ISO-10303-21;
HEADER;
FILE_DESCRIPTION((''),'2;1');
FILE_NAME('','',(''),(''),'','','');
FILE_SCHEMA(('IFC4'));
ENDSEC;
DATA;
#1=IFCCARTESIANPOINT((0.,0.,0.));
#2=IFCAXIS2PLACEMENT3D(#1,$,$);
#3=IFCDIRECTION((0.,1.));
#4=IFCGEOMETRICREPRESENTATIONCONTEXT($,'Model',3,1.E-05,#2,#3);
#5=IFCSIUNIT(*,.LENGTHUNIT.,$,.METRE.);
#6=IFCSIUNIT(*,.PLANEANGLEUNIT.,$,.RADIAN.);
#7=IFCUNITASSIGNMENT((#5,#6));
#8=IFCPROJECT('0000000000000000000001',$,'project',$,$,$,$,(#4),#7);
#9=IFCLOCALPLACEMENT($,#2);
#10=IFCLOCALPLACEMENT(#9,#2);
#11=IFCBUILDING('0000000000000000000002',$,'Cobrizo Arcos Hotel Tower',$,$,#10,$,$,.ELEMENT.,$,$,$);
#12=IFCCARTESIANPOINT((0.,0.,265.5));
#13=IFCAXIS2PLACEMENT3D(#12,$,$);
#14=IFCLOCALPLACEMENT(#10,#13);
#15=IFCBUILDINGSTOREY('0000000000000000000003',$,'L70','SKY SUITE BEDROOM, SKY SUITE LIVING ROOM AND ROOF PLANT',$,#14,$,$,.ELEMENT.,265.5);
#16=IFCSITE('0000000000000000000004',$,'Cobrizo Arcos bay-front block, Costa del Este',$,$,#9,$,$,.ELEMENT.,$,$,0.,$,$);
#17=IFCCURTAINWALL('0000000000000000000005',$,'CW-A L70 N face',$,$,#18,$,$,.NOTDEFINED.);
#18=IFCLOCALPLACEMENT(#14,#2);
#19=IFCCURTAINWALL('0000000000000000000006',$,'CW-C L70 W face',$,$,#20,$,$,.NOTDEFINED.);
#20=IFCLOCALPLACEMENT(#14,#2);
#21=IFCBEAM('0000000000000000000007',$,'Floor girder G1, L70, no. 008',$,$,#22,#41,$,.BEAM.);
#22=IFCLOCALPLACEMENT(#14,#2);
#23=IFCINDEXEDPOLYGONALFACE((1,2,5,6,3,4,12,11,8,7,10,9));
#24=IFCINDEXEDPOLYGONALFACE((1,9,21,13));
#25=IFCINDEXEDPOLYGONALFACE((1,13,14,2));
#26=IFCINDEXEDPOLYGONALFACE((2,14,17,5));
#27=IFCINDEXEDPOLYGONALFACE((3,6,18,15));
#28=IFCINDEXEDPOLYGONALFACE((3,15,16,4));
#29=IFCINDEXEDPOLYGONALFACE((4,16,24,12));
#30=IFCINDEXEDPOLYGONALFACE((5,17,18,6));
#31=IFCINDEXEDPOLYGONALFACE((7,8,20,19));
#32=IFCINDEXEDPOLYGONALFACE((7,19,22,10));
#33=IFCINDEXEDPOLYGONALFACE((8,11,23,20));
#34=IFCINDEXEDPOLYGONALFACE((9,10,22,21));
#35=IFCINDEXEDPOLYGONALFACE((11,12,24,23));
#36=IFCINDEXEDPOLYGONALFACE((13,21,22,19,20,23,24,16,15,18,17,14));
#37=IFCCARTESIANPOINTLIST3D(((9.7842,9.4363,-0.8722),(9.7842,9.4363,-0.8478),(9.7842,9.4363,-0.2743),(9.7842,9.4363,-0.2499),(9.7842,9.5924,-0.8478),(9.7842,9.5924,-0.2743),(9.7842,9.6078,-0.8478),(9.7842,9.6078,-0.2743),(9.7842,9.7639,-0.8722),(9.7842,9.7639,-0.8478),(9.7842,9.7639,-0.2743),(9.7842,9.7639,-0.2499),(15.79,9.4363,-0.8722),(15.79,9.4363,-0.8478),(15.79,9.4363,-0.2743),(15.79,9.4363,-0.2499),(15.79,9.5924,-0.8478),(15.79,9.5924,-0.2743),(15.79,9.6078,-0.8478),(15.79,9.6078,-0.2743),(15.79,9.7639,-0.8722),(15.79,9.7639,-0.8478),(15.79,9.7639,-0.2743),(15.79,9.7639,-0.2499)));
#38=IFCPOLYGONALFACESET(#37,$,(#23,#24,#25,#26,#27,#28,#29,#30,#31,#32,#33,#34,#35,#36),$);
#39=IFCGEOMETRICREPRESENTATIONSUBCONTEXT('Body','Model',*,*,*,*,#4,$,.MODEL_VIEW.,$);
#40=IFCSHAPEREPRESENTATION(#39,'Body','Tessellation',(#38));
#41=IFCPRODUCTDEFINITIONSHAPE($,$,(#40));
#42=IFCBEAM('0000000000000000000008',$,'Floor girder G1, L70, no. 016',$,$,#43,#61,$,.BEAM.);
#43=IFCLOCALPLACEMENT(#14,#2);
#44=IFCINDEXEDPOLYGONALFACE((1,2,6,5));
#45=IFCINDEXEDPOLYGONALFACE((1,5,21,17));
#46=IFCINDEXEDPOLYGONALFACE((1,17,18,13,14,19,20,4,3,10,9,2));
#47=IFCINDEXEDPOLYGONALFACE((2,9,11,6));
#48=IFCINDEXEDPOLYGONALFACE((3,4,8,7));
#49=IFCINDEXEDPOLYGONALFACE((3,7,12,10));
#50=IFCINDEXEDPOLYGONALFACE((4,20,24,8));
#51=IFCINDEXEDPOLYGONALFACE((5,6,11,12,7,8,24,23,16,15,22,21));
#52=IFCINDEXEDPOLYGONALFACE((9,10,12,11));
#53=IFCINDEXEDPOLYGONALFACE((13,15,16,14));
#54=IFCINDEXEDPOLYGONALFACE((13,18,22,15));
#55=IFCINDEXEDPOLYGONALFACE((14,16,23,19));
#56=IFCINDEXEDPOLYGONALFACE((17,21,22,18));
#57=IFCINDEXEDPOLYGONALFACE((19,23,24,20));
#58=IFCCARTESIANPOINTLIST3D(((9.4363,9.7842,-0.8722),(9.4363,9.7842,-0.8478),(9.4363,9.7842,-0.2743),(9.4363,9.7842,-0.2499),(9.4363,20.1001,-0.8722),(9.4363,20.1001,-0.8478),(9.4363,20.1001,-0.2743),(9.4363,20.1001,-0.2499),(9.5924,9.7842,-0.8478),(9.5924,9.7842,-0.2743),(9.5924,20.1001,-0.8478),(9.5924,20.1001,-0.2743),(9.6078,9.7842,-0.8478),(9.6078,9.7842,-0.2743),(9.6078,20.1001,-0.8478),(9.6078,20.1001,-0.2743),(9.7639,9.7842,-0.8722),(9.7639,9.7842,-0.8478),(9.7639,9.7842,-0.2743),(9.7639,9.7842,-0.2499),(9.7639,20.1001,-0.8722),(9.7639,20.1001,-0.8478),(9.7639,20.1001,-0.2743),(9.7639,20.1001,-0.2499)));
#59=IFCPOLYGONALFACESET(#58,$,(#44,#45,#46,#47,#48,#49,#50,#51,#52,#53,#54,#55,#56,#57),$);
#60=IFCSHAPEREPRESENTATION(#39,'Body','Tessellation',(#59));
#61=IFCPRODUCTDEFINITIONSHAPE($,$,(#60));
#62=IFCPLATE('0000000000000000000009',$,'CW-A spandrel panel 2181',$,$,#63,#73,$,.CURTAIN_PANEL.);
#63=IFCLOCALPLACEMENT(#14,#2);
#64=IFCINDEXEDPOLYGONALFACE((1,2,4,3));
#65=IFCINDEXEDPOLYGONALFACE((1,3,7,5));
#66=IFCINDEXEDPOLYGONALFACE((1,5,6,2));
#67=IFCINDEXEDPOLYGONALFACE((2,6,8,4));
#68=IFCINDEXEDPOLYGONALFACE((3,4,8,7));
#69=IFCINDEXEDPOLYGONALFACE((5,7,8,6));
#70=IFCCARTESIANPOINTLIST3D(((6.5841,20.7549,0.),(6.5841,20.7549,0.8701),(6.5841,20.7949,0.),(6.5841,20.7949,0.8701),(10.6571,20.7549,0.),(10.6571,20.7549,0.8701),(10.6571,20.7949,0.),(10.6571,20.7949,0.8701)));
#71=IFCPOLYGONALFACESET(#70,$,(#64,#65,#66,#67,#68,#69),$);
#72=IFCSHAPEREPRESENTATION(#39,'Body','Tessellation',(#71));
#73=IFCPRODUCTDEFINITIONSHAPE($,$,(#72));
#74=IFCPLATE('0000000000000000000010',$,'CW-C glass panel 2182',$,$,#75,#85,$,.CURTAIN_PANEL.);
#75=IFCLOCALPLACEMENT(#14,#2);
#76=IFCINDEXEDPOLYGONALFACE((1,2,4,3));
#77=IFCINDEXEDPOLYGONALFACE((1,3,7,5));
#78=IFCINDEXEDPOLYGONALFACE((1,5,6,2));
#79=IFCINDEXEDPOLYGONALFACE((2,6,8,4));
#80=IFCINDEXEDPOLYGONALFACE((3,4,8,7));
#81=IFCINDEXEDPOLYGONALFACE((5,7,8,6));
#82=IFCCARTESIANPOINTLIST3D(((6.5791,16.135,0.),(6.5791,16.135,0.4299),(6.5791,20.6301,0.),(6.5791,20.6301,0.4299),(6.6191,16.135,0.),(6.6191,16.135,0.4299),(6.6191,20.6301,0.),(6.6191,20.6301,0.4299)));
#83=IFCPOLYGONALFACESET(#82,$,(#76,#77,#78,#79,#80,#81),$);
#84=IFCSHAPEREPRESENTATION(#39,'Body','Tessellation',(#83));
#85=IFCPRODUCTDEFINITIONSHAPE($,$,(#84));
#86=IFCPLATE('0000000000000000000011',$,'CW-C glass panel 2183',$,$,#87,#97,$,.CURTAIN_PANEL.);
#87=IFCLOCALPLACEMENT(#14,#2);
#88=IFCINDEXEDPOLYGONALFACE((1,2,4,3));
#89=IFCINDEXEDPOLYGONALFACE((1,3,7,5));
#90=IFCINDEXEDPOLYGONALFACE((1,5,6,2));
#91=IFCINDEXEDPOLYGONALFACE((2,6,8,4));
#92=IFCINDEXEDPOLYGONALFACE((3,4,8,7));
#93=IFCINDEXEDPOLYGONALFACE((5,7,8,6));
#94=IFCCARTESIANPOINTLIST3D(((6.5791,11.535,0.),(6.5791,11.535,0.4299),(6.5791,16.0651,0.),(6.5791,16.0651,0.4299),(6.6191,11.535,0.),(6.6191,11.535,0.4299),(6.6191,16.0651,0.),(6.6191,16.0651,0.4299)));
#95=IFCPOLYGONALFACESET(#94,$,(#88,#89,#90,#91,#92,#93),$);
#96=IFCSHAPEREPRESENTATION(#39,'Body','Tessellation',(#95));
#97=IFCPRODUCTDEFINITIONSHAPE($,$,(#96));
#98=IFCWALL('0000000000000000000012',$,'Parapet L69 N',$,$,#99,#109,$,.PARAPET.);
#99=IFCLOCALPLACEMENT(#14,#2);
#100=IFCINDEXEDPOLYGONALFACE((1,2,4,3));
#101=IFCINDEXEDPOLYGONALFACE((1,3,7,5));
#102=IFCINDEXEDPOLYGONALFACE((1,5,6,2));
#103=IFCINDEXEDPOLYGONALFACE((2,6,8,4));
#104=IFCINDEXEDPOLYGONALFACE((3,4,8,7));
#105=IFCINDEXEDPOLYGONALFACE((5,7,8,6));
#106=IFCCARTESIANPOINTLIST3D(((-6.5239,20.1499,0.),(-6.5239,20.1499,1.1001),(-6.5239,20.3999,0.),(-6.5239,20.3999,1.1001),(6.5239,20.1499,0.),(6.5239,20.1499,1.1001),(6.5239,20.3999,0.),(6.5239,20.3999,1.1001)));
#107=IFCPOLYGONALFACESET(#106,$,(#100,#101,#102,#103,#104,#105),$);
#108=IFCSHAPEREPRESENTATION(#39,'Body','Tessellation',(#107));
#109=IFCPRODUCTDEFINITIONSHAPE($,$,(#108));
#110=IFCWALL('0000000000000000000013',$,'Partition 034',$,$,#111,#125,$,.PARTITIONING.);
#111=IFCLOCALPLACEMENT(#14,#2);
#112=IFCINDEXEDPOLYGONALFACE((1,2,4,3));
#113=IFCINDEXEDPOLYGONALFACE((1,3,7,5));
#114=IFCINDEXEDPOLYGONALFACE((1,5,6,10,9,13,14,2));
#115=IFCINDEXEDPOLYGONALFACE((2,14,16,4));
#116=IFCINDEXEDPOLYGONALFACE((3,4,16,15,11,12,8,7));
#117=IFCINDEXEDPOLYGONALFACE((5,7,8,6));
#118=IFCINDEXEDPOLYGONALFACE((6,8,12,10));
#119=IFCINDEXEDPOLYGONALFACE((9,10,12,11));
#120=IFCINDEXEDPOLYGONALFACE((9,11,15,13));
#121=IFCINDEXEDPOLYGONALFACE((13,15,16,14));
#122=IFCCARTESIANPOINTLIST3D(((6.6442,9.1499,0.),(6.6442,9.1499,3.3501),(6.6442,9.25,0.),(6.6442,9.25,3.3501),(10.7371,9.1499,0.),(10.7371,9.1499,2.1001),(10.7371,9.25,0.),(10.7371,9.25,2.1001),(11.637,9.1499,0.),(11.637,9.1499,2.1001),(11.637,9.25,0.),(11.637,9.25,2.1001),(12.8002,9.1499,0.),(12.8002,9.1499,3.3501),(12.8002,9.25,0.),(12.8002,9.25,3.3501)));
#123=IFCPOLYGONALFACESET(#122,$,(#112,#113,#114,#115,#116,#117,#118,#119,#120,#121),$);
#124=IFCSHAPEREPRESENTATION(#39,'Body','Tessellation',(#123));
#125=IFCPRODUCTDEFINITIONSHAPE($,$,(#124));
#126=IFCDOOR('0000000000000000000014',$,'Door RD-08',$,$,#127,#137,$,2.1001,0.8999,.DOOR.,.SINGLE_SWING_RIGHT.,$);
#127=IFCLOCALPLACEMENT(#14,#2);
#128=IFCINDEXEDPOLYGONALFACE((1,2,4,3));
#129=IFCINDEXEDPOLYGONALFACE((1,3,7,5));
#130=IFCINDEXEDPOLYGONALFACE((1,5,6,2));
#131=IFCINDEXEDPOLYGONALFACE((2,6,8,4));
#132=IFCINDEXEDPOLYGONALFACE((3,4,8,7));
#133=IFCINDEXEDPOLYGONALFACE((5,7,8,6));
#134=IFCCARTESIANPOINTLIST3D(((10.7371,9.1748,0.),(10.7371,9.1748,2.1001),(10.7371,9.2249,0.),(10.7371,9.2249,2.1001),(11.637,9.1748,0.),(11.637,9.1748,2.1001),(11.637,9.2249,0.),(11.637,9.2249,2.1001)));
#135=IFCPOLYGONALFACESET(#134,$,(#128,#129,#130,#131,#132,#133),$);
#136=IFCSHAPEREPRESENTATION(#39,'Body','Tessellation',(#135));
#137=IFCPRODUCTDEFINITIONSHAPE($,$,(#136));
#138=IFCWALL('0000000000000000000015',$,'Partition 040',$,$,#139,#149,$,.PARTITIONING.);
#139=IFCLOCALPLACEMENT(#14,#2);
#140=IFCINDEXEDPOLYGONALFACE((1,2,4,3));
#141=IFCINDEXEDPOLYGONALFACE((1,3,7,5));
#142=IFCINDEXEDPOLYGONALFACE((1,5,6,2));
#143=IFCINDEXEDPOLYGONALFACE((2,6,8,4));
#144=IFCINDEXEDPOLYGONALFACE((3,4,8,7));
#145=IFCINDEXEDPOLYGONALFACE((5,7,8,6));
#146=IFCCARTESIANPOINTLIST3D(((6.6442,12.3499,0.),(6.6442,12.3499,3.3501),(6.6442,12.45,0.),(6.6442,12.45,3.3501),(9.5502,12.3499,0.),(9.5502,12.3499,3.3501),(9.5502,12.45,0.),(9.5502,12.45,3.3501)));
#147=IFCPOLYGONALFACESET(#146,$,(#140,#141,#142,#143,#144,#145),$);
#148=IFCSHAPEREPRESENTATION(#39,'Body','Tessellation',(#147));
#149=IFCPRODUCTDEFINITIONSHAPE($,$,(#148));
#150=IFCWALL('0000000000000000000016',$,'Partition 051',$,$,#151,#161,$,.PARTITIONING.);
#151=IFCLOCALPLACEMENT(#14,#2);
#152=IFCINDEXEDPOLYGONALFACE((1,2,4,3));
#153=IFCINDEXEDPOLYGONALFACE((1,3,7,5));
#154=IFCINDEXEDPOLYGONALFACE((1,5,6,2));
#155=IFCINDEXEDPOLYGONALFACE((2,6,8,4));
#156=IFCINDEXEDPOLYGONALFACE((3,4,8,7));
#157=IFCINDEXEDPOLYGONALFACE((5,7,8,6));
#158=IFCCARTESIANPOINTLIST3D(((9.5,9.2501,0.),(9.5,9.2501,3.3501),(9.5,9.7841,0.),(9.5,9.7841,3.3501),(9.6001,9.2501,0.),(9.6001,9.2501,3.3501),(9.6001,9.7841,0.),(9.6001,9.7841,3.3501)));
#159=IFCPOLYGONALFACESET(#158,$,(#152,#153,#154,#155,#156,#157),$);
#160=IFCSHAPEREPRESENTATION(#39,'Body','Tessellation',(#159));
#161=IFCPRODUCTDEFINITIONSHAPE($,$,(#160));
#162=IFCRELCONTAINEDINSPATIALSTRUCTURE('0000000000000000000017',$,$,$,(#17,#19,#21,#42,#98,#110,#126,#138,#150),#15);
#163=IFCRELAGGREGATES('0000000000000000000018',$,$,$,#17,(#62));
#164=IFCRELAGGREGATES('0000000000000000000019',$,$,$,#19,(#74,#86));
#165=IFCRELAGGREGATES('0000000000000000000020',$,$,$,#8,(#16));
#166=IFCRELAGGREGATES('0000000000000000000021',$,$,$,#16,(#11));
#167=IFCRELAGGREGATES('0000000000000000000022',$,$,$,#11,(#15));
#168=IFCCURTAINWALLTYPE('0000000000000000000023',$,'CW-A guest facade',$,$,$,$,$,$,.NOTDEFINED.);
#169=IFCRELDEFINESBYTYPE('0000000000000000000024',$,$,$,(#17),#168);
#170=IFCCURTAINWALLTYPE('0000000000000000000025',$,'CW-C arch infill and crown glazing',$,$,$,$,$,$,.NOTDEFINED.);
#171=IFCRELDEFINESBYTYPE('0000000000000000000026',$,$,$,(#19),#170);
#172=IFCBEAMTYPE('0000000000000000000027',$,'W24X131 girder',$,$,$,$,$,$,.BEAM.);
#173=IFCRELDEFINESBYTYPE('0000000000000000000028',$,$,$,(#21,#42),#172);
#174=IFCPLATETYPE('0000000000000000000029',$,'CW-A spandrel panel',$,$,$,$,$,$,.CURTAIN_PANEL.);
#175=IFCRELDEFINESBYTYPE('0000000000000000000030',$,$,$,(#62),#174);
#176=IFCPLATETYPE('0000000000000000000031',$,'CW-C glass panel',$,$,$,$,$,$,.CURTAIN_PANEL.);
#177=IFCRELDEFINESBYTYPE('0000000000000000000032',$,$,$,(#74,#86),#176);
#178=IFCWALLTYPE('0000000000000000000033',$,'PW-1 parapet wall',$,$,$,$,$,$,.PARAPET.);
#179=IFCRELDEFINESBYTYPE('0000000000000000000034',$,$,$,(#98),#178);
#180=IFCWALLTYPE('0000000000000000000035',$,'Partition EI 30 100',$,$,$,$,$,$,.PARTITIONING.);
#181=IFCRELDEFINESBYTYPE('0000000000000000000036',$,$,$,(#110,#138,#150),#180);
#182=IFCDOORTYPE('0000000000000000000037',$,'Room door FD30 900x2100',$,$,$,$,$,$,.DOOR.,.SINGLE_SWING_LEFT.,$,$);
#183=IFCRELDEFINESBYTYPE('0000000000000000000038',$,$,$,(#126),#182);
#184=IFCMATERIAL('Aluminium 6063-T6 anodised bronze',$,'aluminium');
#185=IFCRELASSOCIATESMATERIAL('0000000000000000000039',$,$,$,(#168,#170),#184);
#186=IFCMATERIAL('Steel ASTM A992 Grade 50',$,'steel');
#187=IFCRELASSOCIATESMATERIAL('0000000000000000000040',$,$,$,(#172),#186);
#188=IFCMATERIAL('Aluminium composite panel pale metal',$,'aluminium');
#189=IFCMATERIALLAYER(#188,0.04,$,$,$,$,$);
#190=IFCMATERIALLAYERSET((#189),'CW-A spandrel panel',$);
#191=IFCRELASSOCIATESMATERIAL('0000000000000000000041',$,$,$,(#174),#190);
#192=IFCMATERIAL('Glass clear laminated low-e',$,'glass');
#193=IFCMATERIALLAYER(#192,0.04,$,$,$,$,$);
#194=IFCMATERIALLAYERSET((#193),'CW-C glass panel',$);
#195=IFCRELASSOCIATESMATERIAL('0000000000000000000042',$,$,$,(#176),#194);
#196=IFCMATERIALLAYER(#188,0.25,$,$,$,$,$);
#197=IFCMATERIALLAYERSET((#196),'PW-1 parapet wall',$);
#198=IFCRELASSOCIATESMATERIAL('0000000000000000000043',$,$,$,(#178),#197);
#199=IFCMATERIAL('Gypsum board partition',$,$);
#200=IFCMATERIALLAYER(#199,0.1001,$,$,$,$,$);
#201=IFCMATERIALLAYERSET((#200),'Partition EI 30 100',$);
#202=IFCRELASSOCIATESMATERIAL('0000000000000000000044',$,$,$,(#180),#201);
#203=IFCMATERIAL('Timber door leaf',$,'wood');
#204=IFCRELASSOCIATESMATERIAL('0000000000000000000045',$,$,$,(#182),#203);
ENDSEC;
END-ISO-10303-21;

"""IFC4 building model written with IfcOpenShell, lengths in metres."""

from ifc_helpers import new_model, si_unit, direction, frame, frame_2d, origin, origin_2d, place, context, subcontext, project, spatial, rectangle, i_section, extrude, material, layer, layer_set, material_profile, profile_set, type_object, element, fill, aggregate, save


model = new_model("IFC4")

# Units and contexts
model_context = context("Model", 3, precision=1e-05, world=origin(), true_north=direction((0.0, 1.0)))
body_context = subcontext(model_context, "Body", "Model", "MODEL_VIEW")
ifc_project = project(units=[si_unit("LENGTHUNIT", "METRE"), si_unit("PLANEANGLEUNIT", "RADIAN")], contexts=[model_context])

# Site, building, storey
site_placement = place(None, origin())
site = spatial("IfcSite", under=ifc_project, at=site_placement, Name="Cobrizo Arcos bay-front block, Costa del Este", CompositionType="ELEMENT", RefElevation=0.0)
building_placement = place(site_placement, origin())
building = spatial("IfcBuilding", under=site, at=building_placement, Name="Cobrizo Arcos Hotel Tower", CompositionType="ELEMENT")
storey_placement = place(building_placement, frame((0.0, 0.0, 265.5)))
storey = spatial("IfcBuildingStorey", under=building, at=storey_placement, Name="L70", Description="SKY SUITE BEDROOM, SKY SUITE LIVING ROOM AND ROOF PLANT", CompositionType="ELEMENT", Elevation=265.5)

# Shared definitions
ifc_material_1 = material(Name="Steel ASTM A992 Grade 50", Category="steel")

# Curtain wall
ifc_material_2 = material(Name="Aluminium 6063-T6 anodised bronze", Category="aluminium")
curtain_wall_type_1 = type_object("IfcCurtainWallType", Name="CW-A guest facade", PredefinedType="NOTDEFINED", material=ifc_material_2)
curtain_wall_1_placement = place(storey_placement, origin())
curtain_wall_1 = element("IfcCurtainWall", 1, at=curtain_wall_1_placement, inside=storey, type_object=curtain_wall_type_1, Name="CW-A L70 N face", PredefinedType="NOTDEFINED")

# Curtain wall
curtain_wall_type_2 = type_object("IfcCurtainWallType", Name="CW-C arch infill and crown glazing", PredefinedType="NOTDEFINED", material=ifc_material_2)
curtain_wall_2_placement = place(storey_placement, origin())
curtain_wall_2 = element("IfcCurtainWall", 2, at=curtain_wall_2_placement, inside=storey, type_object=curtain_wall_type_2, Name="CW-C L70 W face", PredefinedType="NOTDEFINED")

# Beams
ifc_material_profile_1 = material_profile(ifc_material_1, i_section(OverallWidth=0.3276, OverallDepth=0.6223, WebThickness=0.0154, FlangeThickness=0.0244, at=origin_2d()), Name="W24X131")
ifc_profile_set_1 = profile_set([ifc_material_profile_1], Name="Steel ASTM A992 Grade 50")
beam_type_1 = type_object("IfcBeamType", Name="W24X131 girder", PredefinedType="BEAM", material=ifc_profile_set_1)
beam_1_placement = place(storey_placement, frame((9.7842, 9.6001, -0.561), z_axis=(1.0, 0.0, 0.0), x_axis=(0.0, 1.0, 0.0)))
element("IfcBeam", 3, at=beam_1_placement, inside=storey, type_object=beam_type_1, Name="Floor girder G1, L70, no. 008", PredefinedType="BEAM", context=body_context, shape_type="SweptSolid", body=[
    extrude(i_section(OverallWidth=0.3276, OverallDepth=0.6223, WebThickness=0.0154, FlangeThickness=0.0244, at=origin_2d()), origin(), (0.0, 0.0, 1.0), 6.0059),
])
beam_2_placement = place(storey_placement, frame((9.6001, 9.7842, -0.561), z_axis=(0.0, 1.0, 0.0), x_axis=(-1.0, 0.0, 0.0)))
element("IfcBeam", 4, at=beam_2_placement, inside=storey, type_object=beam_type_1, Name="Floor girder G1, L70, no. 016", PredefinedType="BEAM", context=body_context, shape_type="SweptSolid", body=[
    extrude(i_section(OverallWidth=0.3276, OverallDepth=0.6223, WebThickness=0.0154, FlangeThickness=0.0244, at=origin_2d()), origin(), (0.0, 0.0, 1.0), 10.3159),
])

# Plates
ifc_material_3 = material(Name="Aluminium composite panel pale metal", Category="aluminium")
ifc_layer_1 = layer(ifc_material_3, 0.04)
ifc_layer_set_1 = layer_set([ifc_layer_1], Name="CW-A spandrel panel")
plate_type_1 = type_object("IfcPlateType", Name="CW-A spandrel panel", PredefinedType="CURTAIN_PANEL", material=ifc_layer_set_1)
plate_1_placement = place(storey_placement, frame((8.6206, 20.7749, 0.0), z_axis=(0.0, 0.0, 1.0), x_axis=(-1.0, 0.0, 0.0)))
plate_1 = element("IfcPlate", 5, at=plate_1_placement, type_object=plate_type_1, Name="CW-A spandrel panel 2181", PredefinedType="CURTAIN_PANEL", context=body_context, shape_type="SweptSolid", body=[
    extrude(rectangle(XDim=4.073, YDim=0.04, at=origin_2d()), origin(), (0.0, 0.0, 1.0), 0.8701),
])
aggregate(curtain_wall_1, [plate_1])
ifc_material_4 = material(Name="Glass clear laminated low-e", Category="glass")
ifc_layer_2 = layer(ifc_material_4, 0.04)
ifc_layer_set_2 = layer_set([ifc_layer_2], Name="CW-C glass panel")
plate_type_2 = type_object("IfcPlateType", Name="CW-C glass panel", PredefinedType="CURTAIN_PANEL", material=ifc_layer_set_2)
plate_2_placement = place(storey_placement, frame((6.5991, 18.3826, 0.0), z_axis=(0.0, 0.0, 1.0), x_axis=(0.0, -1.0, 0.0)))
plate_2 = element("IfcPlate", 6, at=plate_2_placement, type_object=plate_type_2, Name="CW-C glass panel 2182", PredefinedType="CURTAIN_PANEL", context=body_context, shape_type="SweptSolid", body=[
    extrude(rectangle(XDim=4.4951, YDim=0.04, at=origin_2d()), origin(), (0.0, 0.0, 1.0), 0.4299),
])
plate_3_placement = place(storey_placement, frame((6.5991, 13.8, 0.0), z_axis=(0.0, 0.0, 1.0), x_axis=(0.0, -1.0, 0.0)))
plate_3 = element("IfcPlate", 7, at=plate_3_placement, type_object=plate_type_2, Name="CW-C glass panel 2183", PredefinedType="CURTAIN_PANEL", context=body_context, shape_type="SweptSolid", body=[
    extrude(rectangle(XDim=4.53, YDim=0.04, at=origin_2d()), origin(), (0.0, 0.0, 1.0), 0.4299),
])
aggregate(curtain_wall_2, [plate_2, plate_3])

# Wall
ifc_layer_3 = layer(ifc_material_3, 0.25)
ifc_layer_set_3 = layer_set([ifc_layer_3], Name="PW-1 parapet wall")
wall_type_1 = type_object("IfcWallType", Name="PW-1 parapet wall", PredefinedType="PARAPET", material=ifc_layer_set_3)
wall_1_placement = place(storey_placement, frame((6.5239, 20.2749, 0.0), z_axis=(0.0, 0.0, 1.0), x_axis=(-1.0, 0.0, 0.0)))
element("IfcWall", 8, at=wall_1_placement, inside=storey, type_object=wall_type_1, Name="Parapet L69 N", PredefinedType="PARAPET", context=body_context, shape_type="SweptSolid", body=[
    extrude(rectangle(XDim=13.0479, YDim=0.25, at=frame_2d((6.5239, 0.0))), origin(), (0.0, 0.0, 1.0), 1.1001),
])

# Wall, opening, door
ifc_material_5 = material(Name="Gypsum board partition")
ifc_layer_4 = layer(ifc_material_5, 0.1001)
ifc_layer_set_4 = layer_set([ifc_layer_4], Name="Partition EI 30 100")
wall_type_2 = type_object("IfcWallType", Name="Partition EI 30 100", PredefinedType="PARTITIONING", material=ifc_layer_set_4)
wall_2_placement = place(storey_placement, frame((6.644, 9.2, 0.0), z_axis=(0.0, 0.0, 1.0), x_axis=(1.0, 0.0, 0.0)))
wall_2 = element("IfcWall", 9, at=wall_2_placement, inside=storey, type_object=wall_type_2, Name="Partition 034", PredefinedType="PARTITIONING", context=body_context, shape_type="SweptSolid", body=[
    extrude(rectangle(XDim=6.156, YDim=0.1001, at=frame_2d((3.0781, 0.0))), origin(), (0.0, 0.0, 1.0), 3.3501),
])
opening_1_placement = place(wall_2_placement, frame((4.093, 0.0, 0.0)))
opening_1 = element("IfcOpeningElement", 10, at=opening_1_placement, cuts=wall_2, PredefinedType="OPENING", context=body_context, shape_type="SweptSolid", body=[
    extrude(rectangle(XDim=0.8999, YDim=2.1001, at=frame_2d((0.45, 1.05))), frame((0.0, 0.062, 0.0), z_axis=(0.0, -1.0, 0.0), x_axis=(1.0, 0.0, 0.0)), (0.0, 0.0, 1.0), 0.124),
])
ifc_material_6 = material(Name="Timber door leaf", Category="wood")
door_type_1 = type_object("IfcDoorType", Name="Room door FD30 900x2100", OperationType="SINGLE_SWING_LEFT", PredefinedType="DOOR", material=ifc_material_6)
door_1_placement = place(opening_1_placement, origin())
door_1 = element("IfcDoor", 11, at=door_1_placement, inside=storey, type_object=door_type_1, Name="Door RD-08", OperationType="SINGLE_SWING_RIGHT", OverallHeight=2.1001, OverallWidth=0.8999, PredefinedType="DOOR", context=body_context, shape_type="SweptSolid", body=[
    extrude(rectangle(XDim=0.8999, YDim=2.1001, at=frame_2d((0.45, 1.05))), frame((0.0, 0.0249, 0.0), z_axis=(0.0, -1.0, 0.0), x_axis=(1.0, 0.0, 0.0)), (0.0, 0.0, 1.0), 0.05),
])
fill(opening_1, door_1)

# Walls
wall_3_placement = place(storey_placement, frame((6.644, 12.3999, 0.0), z_axis=(0.0, 0.0, 1.0), x_axis=(1.0, 0.0, 0.0)))
element("IfcWall", 12, at=wall_3_placement, inside=storey, type_object=wall_type_2, Name="Partition 040", PredefinedType="PARTITIONING", context=body_context, shape_type="SweptSolid", body=[
    extrude(rectangle(XDim=2.906, YDim=0.1001, at=frame_2d((1.4531, 0.0))), origin(), (0.0, 0.0, 1.0), 3.3501),
])
wall_4_placement = place(storey_placement, frame((9.55, 9.25, 0.0), z_axis=(0.0, 0.0, 1.0), x_axis=(0.0, 1.0, 0.0)))
element("IfcWall", 13, at=wall_4_placement, inside=storey, type_object=wall_type_2, Name="Partition 051", PredefinedType="PARTITIONING", context=body_context, shape_type="SweptSolid", body=[
    extrude(rectangle(XDim=0.5339, YDim=0.1001, at=frame_2d((0.2671, 0.0))), origin(), (0.0, 0.0, 1.0), 3.3501),
])

save(model, "model.ifc")
